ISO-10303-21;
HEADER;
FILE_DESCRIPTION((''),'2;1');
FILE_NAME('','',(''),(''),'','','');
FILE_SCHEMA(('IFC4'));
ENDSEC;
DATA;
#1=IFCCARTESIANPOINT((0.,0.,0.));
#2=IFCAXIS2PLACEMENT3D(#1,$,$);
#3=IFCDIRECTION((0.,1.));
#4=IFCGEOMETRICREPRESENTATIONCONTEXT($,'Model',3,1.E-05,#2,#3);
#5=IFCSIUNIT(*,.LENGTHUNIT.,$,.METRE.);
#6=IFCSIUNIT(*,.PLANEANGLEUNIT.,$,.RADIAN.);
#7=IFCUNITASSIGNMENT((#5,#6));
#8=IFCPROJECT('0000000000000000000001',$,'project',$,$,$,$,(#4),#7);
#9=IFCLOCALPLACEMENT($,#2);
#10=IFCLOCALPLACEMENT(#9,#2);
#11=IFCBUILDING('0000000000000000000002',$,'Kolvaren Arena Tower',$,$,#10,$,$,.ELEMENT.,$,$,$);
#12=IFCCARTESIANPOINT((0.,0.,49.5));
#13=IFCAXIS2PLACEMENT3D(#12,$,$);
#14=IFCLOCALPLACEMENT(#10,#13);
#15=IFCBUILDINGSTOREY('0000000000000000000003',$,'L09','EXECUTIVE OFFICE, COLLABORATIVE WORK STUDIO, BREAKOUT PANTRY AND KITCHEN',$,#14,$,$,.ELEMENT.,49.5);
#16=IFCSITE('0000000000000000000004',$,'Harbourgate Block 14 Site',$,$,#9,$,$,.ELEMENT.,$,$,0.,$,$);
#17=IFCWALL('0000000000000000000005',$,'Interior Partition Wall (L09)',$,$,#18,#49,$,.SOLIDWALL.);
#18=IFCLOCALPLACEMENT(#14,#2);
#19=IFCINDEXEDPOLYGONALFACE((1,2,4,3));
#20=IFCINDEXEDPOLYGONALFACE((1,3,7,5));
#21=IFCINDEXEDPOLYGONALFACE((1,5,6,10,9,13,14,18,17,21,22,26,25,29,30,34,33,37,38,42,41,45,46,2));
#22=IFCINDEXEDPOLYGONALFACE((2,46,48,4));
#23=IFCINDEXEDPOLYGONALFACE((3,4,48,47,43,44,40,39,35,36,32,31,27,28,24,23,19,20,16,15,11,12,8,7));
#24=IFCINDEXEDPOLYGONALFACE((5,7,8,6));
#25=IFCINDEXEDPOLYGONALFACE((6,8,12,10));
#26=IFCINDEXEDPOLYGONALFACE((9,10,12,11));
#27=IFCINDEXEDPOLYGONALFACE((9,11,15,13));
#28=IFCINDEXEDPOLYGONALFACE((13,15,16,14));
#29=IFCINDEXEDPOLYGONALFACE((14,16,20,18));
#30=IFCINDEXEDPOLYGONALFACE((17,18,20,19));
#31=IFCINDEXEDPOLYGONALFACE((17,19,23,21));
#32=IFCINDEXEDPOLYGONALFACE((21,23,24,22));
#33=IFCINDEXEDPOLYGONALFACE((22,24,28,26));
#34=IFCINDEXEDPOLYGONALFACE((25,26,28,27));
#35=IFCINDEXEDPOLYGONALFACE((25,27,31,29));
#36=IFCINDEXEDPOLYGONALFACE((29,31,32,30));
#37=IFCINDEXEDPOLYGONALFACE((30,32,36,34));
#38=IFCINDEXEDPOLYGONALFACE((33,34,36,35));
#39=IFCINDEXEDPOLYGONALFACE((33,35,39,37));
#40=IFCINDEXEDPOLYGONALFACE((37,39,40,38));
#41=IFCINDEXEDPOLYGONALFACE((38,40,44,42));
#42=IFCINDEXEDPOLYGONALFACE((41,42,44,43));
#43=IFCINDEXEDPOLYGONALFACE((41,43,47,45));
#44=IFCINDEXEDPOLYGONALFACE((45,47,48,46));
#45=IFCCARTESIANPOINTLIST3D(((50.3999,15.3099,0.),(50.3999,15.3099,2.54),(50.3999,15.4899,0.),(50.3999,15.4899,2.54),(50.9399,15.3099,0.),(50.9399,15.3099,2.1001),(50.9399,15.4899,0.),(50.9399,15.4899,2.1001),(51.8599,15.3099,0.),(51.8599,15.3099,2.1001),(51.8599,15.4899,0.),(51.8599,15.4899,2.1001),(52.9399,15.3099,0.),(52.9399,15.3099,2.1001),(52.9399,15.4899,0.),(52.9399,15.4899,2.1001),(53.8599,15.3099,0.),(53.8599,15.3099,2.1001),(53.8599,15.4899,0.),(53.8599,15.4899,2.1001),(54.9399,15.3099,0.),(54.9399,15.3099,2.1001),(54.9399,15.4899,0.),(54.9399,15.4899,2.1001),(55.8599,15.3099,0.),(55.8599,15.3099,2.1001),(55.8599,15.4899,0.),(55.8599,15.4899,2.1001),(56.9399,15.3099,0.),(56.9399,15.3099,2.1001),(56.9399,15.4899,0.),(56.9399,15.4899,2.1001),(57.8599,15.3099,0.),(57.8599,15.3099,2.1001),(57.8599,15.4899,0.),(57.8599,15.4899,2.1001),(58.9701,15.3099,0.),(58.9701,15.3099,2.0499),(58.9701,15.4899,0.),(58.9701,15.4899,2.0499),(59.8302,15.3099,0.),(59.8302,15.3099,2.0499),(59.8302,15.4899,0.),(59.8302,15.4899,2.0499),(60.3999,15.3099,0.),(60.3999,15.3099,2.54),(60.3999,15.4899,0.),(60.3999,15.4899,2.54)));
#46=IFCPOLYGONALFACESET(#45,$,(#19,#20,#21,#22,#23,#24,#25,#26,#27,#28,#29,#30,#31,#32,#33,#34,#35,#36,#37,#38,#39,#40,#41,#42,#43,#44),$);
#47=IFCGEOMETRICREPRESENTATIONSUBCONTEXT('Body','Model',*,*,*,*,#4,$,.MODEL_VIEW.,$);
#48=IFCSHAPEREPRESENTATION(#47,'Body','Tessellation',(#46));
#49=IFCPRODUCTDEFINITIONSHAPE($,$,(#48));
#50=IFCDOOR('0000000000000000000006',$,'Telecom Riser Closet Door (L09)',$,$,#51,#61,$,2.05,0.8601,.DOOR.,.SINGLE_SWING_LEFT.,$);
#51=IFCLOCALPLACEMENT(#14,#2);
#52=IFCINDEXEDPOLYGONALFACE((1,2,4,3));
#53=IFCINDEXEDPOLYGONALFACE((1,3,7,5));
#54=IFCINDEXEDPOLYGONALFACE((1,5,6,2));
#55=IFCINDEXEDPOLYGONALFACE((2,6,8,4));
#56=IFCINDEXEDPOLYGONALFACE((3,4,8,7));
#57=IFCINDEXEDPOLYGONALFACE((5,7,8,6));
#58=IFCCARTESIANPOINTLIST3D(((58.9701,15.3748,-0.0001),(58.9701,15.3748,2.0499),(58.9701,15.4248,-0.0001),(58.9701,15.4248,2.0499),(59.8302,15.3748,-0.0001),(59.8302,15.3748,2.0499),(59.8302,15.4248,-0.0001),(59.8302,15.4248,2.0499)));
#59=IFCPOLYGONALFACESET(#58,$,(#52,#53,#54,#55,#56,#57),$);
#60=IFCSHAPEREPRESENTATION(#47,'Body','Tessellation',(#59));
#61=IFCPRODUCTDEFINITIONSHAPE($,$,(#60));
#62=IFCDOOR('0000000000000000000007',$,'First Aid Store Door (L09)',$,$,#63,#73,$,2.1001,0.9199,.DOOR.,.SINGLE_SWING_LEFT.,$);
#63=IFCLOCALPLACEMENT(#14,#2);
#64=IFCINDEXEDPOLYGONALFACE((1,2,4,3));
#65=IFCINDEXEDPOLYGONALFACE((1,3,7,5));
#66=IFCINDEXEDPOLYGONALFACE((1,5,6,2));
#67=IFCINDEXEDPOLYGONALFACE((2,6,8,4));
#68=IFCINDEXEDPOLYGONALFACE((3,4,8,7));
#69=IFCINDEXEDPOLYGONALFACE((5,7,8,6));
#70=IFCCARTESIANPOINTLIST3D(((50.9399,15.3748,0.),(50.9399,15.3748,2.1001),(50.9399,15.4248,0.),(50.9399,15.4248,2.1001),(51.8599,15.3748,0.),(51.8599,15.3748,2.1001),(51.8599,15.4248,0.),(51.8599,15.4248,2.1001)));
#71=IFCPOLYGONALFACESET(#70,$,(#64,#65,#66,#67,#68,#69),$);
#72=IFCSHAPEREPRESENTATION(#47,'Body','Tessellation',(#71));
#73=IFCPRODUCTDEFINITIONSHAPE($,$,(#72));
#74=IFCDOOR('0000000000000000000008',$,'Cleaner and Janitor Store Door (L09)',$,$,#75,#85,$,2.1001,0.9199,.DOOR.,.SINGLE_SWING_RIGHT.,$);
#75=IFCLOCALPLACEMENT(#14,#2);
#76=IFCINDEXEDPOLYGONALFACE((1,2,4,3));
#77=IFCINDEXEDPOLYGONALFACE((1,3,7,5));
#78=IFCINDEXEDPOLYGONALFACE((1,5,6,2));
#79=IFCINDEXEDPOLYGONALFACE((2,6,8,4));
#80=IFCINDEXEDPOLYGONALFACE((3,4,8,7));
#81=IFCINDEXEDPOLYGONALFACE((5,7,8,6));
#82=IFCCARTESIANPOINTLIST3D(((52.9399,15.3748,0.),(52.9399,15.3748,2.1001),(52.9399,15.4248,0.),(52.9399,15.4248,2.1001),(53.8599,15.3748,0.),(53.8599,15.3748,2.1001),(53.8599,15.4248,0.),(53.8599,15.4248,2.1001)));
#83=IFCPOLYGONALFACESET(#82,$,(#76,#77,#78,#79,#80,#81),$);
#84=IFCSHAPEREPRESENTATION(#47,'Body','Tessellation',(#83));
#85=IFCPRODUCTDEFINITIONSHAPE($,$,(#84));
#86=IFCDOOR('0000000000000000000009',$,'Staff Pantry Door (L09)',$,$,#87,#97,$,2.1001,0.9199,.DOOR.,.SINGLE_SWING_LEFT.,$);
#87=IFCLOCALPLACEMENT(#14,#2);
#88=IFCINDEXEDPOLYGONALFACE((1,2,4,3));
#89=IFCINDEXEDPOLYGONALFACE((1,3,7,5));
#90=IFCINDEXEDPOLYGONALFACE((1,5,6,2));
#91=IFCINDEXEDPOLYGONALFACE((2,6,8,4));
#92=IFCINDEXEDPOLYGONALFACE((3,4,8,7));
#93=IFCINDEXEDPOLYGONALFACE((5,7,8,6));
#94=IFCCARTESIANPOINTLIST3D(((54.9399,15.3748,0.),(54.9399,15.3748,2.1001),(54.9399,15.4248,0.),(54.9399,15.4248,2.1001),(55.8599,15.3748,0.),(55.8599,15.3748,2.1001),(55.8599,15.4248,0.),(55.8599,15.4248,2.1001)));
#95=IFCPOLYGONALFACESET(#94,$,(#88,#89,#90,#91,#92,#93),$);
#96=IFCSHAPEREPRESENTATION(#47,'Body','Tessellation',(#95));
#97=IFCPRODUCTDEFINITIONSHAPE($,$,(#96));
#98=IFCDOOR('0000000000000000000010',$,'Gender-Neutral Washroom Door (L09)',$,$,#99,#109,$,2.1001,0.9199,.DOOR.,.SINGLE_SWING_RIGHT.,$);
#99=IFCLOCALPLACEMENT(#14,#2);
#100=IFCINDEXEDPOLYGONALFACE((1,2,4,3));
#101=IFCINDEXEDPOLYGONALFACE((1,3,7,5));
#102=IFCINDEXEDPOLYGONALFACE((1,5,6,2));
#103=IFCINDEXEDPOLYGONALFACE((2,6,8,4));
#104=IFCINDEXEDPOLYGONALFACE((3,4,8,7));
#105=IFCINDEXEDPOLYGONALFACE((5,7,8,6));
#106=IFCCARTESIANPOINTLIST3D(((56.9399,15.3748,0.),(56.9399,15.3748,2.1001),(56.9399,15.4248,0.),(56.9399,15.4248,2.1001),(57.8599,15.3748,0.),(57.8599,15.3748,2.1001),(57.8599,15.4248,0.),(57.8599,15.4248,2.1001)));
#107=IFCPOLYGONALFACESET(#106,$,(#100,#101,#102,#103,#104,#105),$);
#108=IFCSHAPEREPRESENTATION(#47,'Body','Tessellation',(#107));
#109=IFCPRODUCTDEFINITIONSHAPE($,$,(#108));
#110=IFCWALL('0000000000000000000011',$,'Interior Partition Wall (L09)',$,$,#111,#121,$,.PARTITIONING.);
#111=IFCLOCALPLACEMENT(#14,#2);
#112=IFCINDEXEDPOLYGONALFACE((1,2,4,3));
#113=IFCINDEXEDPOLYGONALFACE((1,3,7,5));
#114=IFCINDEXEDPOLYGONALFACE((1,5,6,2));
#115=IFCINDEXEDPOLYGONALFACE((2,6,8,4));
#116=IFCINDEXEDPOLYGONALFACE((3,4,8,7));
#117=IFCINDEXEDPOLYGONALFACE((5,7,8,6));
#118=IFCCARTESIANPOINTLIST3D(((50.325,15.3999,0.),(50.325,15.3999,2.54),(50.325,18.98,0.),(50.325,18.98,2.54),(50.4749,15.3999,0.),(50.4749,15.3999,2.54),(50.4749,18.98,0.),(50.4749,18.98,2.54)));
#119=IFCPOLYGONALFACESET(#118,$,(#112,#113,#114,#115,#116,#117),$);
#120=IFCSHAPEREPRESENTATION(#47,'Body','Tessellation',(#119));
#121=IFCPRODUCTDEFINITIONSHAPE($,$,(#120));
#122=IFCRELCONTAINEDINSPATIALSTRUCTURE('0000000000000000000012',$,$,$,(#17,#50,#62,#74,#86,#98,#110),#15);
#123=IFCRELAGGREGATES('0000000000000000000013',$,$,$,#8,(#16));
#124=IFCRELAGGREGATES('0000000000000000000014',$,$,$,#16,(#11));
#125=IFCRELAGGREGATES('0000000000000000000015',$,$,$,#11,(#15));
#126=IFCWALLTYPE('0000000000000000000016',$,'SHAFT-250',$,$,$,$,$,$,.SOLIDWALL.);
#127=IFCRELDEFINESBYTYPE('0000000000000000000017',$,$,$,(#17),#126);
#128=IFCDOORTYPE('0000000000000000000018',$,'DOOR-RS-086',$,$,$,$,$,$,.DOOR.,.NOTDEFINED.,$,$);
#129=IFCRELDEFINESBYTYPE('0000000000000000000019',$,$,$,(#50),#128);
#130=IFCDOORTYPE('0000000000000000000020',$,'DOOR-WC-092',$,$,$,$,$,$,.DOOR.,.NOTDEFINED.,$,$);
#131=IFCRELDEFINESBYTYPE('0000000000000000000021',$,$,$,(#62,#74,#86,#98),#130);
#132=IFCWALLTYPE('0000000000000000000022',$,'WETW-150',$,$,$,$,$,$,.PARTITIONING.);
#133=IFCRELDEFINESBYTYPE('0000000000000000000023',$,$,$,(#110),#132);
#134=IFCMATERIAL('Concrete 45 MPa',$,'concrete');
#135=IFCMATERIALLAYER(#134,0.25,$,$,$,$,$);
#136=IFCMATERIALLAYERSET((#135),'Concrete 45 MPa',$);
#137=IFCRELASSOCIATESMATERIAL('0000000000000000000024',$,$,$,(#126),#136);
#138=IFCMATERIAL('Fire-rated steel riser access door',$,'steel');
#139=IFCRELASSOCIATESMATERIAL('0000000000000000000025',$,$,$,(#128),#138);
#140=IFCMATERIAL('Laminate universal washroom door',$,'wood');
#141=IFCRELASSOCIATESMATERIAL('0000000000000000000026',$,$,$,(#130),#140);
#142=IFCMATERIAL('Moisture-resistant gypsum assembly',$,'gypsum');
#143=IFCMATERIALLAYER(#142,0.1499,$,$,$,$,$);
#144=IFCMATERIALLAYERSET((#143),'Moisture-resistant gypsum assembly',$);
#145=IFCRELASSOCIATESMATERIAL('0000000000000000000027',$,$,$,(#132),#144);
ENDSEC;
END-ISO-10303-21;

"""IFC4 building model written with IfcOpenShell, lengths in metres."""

from ifc_helpers import new_model, si_unit, direction, frame, frame_2d, origin, place, context, subcontext, project, spatial, rectangle, extrude, material, layer, layer_set, type_object, element, fill, save


model = new_model("IFC4")

# Units and contexts
model_context = context("Model", 3, precision=1e-05, world=origin(), true_north=direction((0.0, 1.0)))
body_context = subcontext(model_context, "Body", "Model", "MODEL_VIEW")
ifc_project = project(units=[si_unit("LENGTHUNIT", "METRE"), si_unit("PLANEANGLEUNIT", "RADIAN")], contexts=[model_context])

# Site, building, storey
site_placement = place(None, origin())
site = spatial("IfcSite", under=ifc_project, at=site_placement, Name="Harbourgate Block 14 Site", CompositionType="ELEMENT", RefElevation=0.0)
building_placement = place(site_placement, origin())
building = spatial("IfcBuilding", under=site, at=building_placement, Name="Kolvaren Arena Tower", CompositionType="ELEMENT")
storey_placement = place(building_placement, frame((0.0, 0.0, 49.5)))
storey = spatial("IfcBuildingStorey", under=building, at=storey_placement, Name="L09", Description="EXECUTIVE OFFICE, COLLABORATIVE WORK STUDIO, BREAKOUT PANTRY AND KITCHEN", CompositionType="ELEMENT", Elevation=49.5)

# Shared definitions
ifc_material_1 = material(Name="Concrete 45 MPa", Category="concrete")
ifc_layer_1 = layer(ifc_material_1, 0.25)
ifc_layer_set_1 = layer_set([ifc_layer_1], Name="Concrete 45 MPa")
wall_type_1 = type_object("IfcWallType", Name="SHAFT-250", PredefinedType="SOLIDWALL", material=ifc_layer_set_1)

# Wall, openings, doors
wall_1_placement = place(storey_placement, frame((50.3999, 15.3999, 0.0), z_axis=(0.0, 0.0, 1.0), x_axis=(1.0, 0.0, 0.0)))
wall_1 = element("IfcWall", 1, at=wall_1_placement, inside=storey, type_object=wall_type_1, Name="Interior Partition Wall (L09)", PredefinedType="SOLIDWALL", context=body_context, shape_type="SweptSolid", body=[
    extrude(rectangle(XDim=10.0, YDim=0.1799, at=frame_2d((5.0, 0.0))), origin(), (0.0, 0.0, 1.0), 2.54),
])
opening_1_placement = place(wall_1_placement, frame((0.54, 0.0, 0.0)))
opening_1 = element("IfcOpeningElement", 2, at=opening_1_placement, cuts=wall_1, PredefinedType="OPENING", context=body_context, shape_type="SweptSolid", body=[
    extrude(rectangle(XDim=0.9199, YDim=2.1001, at=frame_2d((0.46, 1.05))), frame((0.0, 0.0999, 0.0), z_axis=(0.0, -1.0, 0.0), x_axis=(1.0, 0.0, 0.0)), (0.0, 0.0, 1.0), 0.2),
])
opening_2_placement = place(wall_1_placement, frame((2.54, 0.0, 0.0)))
opening_2 = element("IfcOpeningElement", 3, at=opening_2_placement, cuts=wall_1, PredefinedType="OPENING", context=body_context, shape_type="SweptSolid", body=[
    extrude(rectangle(XDim=0.9199, YDim=2.1001, at=frame_2d((0.46, 1.05))), frame((0.0, 0.0999, 0.0), z_axis=(0.0, -1.0, 0.0), x_axis=(1.0, 0.0, 0.0)), (0.0, 0.0, 1.0), 0.2),
])
opening_3_placement = place(wall_1_placement, frame((4.54, 0.0, 0.0)))
opening_3 = element("IfcOpeningElement", 4, at=opening_3_placement, cuts=wall_1, PredefinedType="OPENING", context=body_context, shape_type="SweptSolid", body=[
    extrude(rectangle(XDim=0.9199, YDim=2.1001, at=frame_2d((0.46, 1.05))), frame((0.0, 0.0999, 0.0), z_axis=(0.0, -1.0, 0.0), x_axis=(1.0, 0.0, 0.0)), (0.0, 0.0, 1.0), 0.2),
])
opening_4_placement = place(wall_1_placement, frame((6.54, 0.0, 0.0)))
opening_4 = element("IfcOpeningElement", 5, at=opening_4_placement, cuts=wall_1, PredefinedType="OPENING", context=body_context, shape_type="SweptSolid", body=[
    extrude(rectangle(XDim=0.9199, YDim=2.1001, at=frame_2d((0.46, 1.05))), frame((0.0, 0.0999, 0.0), z_axis=(0.0, -1.0, 0.0), x_axis=(1.0, 0.0, 0.0)), (0.0, 0.0, 1.0), 0.2),
])
opening_5_placement = place(wall_1_placement, frame((8.5701, 0.0, 0.0)))
opening_5 = element("IfcOpeningElement", 6, at=opening_5_placement, cuts=wall_1, PredefinedType="OPENING", context=body_context, shape_type="SweptSolid", body=[
    extrude(rectangle(XDim=0.8601, YDim=2.05, at=frame_2d((0.4302, 1.0249))), frame((0.0, 0.0999, 0.0), z_axis=(0.0, -1.0, 0.0), x_axis=(1.0, 0.0, 0.0)), (0.0, 0.0, 1.0), 0.2),
])
ifc_material_2 = material(Name="Fire-rated steel riser access door", Category="steel")
door_type_1 = type_object("IfcDoorType", Name="DOOR-RS-086", OperationType="NOTDEFINED", PredefinedType="DOOR", material=ifc_material_2)
door_1_placement = place(opening_5_placement, origin())
door_1 = element("IfcDoor", 7, at=door_1_placement, inside=storey, type_object=door_type_1, Name="Telecom Riser Closet Door (L09)", OperationType="SINGLE_SWING_LEFT", OverallHeight=2.05, OverallWidth=0.8601, PredefinedType="DOOR", context=body_context, shape_type="SweptSolid", body=[
    extrude(rectangle(XDim=0.8601, YDim=2.05, at=frame_2d((0.4302, 1.0249))), frame((0.0, 0.0249, 0.0), z_axis=(0.0, -1.0, 0.0), x_axis=(1.0, 0.0, 0.0)), (0.0, 0.0, 1.0), 0.05),
])
fill(opening_5, door_1)
ifc_material_3 = material(Name="Laminate universal washroom door", Category="wood")
door_type_2 = type_object("IfcDoorType", Name="DOOR-WC-092", OperationType="NOTDEFINED", PredefinedType="DOOR", material=ifc_material_3)
door_2_placement = place(opening_1_placement, origin())
door_2 = element("IfcDoor", 8, at=door_2_placement, inside=storey, type_object=door_type_2, Name="First Aid Store Door (L09)", OperationType="SINGLE_SWING_LEFT", OverallHeight=2.1001, OverallWidth=0.9199, PredefinedType="DOOR", context=body_context, shape_type="SweptSolid", body=[
    extrude(rectangle(XDim=0.9199, YDim=2.1001, at=frame_2d((0.46, 1.05))), frame((0.0, 0.0249, 0.0), z_axis=(0.0, -1.0, 0.0), x_axis=(1.0, 0.0, 0.0)), (0.0, 0.0, 1.0), 0.05),
])
fill(opening_1, door_2)
door_3_placement = place(opening_2_placement, origin())
door_3 = element("IfcDoor", 9, at=door_3_placement, inside=storey, type_object=door_type_2, Name="Cleaner and Janitor Store Door (L09)", OperationType="SINGLE_SWING_RIGHT", OverallHeight=2.1001, OverallWidth=0.9199, PredefinedType="DOOR", context=body_context, shape_type="SweptSolid", body=[
    extrude(rectangle(XDim=0.9199, YDim=2.1001, at=frame_2d((0.46, 1.05))), frame((0.0, 0.0249, 0.0), z_axis=(0.0, -1.0, 0.0), x_axis=(1.0, 0.0, 0.0)), (0.0, 0.0, 1.0), 0.05),
])
fill(opening_2, door_3)
door_4_placement = place(opening_3_placement, origin())
door_4 = element("IfcDoor", 10, at=door_4_placement, inside=storey, type_object=door_type_2, Name="Staff Pantry Door (L09)", OperationType="SINGLE_SWING_LEFT", OverallHeight=2.1001, OverallWidth=0.9199, PredefinedType="DOOR", context=body_context, shape_type="SweptSolid", body=[
    extrude(rectangle(XDim=0.9199, YDim=2.1001, at=frame_2d((0.46, 1.05))), frame((0.0, 0.0249, 0.0), z_axis=(0.0, -1.0, 0.0), x_axis=(1.0, 0.0, 0.0)), (0.0, 0.0, 1.0), 0.05),
])
fill(opening_3, door_4)
door_5_placement = place(opening_4_placement, origin())
door_5 = element("IfcDoor", 11, at=door_5_placement, inside=storey, type_object=door_type_2, Name="Gender-Neutral Washroom Door (L09)", OperationType="SINGLE_SWING_RIGHT", OverallHeight=2.1001, OverallWidth=0.9199, PredefinedType="DOOR", context=body_context, shape_type="SweptSolid", body=[
    extrude(rectangle(XDim=0.9199, YDim=2.1001, at=frame_2d((0.46, 1.05))), frame((0.0, 0.0249, 0.0), z_axis=(0.0, -1.0, 0.0), x_axis=(1.0, 0.0, 0.0)), (0.0, 0.0, 1.0), 0.05),
])
fill(opening_4, door_5)

# Wall
ifc_material_4 = material(Name="Moisture-resistant gypsum assembly", Category="gypsum")
ifc_layer_2 = layer(ifc_material_4, 0.1499)
ifc_layer_set_2 = layer_set([ifc_layer_2], Name="Moisture-resistant gypsum assembly")
wall_type_2 = type_object("IfcWallType", Name="WETW-150", PredefinedType="PARTITIONING", material=ifc_layer_set_2)
wall_2_placement = place(storey_placement, frame((50.3999, 15.3999, 0.0), z_axis=(0.0, 0.0, 1.0), x_axis=(0.0, 1.0, 0.0)))
element("IfcWall", 12, at=wall_2_placement, inside=storey, type_object=wall_type_2, Name="Interior Partition Wall (L09)", PredefinedType="PARTITIONING", context=body_context, shape_type="SweptSolid", body=[
    extrude(rectangle(XDim=3.5801, YDim=0.1499, at=frame_2d((1.79, 0.0))), origin(), (0.0, 0.0, 1.0), 2.54),
])

save(model, "model.ifc")
